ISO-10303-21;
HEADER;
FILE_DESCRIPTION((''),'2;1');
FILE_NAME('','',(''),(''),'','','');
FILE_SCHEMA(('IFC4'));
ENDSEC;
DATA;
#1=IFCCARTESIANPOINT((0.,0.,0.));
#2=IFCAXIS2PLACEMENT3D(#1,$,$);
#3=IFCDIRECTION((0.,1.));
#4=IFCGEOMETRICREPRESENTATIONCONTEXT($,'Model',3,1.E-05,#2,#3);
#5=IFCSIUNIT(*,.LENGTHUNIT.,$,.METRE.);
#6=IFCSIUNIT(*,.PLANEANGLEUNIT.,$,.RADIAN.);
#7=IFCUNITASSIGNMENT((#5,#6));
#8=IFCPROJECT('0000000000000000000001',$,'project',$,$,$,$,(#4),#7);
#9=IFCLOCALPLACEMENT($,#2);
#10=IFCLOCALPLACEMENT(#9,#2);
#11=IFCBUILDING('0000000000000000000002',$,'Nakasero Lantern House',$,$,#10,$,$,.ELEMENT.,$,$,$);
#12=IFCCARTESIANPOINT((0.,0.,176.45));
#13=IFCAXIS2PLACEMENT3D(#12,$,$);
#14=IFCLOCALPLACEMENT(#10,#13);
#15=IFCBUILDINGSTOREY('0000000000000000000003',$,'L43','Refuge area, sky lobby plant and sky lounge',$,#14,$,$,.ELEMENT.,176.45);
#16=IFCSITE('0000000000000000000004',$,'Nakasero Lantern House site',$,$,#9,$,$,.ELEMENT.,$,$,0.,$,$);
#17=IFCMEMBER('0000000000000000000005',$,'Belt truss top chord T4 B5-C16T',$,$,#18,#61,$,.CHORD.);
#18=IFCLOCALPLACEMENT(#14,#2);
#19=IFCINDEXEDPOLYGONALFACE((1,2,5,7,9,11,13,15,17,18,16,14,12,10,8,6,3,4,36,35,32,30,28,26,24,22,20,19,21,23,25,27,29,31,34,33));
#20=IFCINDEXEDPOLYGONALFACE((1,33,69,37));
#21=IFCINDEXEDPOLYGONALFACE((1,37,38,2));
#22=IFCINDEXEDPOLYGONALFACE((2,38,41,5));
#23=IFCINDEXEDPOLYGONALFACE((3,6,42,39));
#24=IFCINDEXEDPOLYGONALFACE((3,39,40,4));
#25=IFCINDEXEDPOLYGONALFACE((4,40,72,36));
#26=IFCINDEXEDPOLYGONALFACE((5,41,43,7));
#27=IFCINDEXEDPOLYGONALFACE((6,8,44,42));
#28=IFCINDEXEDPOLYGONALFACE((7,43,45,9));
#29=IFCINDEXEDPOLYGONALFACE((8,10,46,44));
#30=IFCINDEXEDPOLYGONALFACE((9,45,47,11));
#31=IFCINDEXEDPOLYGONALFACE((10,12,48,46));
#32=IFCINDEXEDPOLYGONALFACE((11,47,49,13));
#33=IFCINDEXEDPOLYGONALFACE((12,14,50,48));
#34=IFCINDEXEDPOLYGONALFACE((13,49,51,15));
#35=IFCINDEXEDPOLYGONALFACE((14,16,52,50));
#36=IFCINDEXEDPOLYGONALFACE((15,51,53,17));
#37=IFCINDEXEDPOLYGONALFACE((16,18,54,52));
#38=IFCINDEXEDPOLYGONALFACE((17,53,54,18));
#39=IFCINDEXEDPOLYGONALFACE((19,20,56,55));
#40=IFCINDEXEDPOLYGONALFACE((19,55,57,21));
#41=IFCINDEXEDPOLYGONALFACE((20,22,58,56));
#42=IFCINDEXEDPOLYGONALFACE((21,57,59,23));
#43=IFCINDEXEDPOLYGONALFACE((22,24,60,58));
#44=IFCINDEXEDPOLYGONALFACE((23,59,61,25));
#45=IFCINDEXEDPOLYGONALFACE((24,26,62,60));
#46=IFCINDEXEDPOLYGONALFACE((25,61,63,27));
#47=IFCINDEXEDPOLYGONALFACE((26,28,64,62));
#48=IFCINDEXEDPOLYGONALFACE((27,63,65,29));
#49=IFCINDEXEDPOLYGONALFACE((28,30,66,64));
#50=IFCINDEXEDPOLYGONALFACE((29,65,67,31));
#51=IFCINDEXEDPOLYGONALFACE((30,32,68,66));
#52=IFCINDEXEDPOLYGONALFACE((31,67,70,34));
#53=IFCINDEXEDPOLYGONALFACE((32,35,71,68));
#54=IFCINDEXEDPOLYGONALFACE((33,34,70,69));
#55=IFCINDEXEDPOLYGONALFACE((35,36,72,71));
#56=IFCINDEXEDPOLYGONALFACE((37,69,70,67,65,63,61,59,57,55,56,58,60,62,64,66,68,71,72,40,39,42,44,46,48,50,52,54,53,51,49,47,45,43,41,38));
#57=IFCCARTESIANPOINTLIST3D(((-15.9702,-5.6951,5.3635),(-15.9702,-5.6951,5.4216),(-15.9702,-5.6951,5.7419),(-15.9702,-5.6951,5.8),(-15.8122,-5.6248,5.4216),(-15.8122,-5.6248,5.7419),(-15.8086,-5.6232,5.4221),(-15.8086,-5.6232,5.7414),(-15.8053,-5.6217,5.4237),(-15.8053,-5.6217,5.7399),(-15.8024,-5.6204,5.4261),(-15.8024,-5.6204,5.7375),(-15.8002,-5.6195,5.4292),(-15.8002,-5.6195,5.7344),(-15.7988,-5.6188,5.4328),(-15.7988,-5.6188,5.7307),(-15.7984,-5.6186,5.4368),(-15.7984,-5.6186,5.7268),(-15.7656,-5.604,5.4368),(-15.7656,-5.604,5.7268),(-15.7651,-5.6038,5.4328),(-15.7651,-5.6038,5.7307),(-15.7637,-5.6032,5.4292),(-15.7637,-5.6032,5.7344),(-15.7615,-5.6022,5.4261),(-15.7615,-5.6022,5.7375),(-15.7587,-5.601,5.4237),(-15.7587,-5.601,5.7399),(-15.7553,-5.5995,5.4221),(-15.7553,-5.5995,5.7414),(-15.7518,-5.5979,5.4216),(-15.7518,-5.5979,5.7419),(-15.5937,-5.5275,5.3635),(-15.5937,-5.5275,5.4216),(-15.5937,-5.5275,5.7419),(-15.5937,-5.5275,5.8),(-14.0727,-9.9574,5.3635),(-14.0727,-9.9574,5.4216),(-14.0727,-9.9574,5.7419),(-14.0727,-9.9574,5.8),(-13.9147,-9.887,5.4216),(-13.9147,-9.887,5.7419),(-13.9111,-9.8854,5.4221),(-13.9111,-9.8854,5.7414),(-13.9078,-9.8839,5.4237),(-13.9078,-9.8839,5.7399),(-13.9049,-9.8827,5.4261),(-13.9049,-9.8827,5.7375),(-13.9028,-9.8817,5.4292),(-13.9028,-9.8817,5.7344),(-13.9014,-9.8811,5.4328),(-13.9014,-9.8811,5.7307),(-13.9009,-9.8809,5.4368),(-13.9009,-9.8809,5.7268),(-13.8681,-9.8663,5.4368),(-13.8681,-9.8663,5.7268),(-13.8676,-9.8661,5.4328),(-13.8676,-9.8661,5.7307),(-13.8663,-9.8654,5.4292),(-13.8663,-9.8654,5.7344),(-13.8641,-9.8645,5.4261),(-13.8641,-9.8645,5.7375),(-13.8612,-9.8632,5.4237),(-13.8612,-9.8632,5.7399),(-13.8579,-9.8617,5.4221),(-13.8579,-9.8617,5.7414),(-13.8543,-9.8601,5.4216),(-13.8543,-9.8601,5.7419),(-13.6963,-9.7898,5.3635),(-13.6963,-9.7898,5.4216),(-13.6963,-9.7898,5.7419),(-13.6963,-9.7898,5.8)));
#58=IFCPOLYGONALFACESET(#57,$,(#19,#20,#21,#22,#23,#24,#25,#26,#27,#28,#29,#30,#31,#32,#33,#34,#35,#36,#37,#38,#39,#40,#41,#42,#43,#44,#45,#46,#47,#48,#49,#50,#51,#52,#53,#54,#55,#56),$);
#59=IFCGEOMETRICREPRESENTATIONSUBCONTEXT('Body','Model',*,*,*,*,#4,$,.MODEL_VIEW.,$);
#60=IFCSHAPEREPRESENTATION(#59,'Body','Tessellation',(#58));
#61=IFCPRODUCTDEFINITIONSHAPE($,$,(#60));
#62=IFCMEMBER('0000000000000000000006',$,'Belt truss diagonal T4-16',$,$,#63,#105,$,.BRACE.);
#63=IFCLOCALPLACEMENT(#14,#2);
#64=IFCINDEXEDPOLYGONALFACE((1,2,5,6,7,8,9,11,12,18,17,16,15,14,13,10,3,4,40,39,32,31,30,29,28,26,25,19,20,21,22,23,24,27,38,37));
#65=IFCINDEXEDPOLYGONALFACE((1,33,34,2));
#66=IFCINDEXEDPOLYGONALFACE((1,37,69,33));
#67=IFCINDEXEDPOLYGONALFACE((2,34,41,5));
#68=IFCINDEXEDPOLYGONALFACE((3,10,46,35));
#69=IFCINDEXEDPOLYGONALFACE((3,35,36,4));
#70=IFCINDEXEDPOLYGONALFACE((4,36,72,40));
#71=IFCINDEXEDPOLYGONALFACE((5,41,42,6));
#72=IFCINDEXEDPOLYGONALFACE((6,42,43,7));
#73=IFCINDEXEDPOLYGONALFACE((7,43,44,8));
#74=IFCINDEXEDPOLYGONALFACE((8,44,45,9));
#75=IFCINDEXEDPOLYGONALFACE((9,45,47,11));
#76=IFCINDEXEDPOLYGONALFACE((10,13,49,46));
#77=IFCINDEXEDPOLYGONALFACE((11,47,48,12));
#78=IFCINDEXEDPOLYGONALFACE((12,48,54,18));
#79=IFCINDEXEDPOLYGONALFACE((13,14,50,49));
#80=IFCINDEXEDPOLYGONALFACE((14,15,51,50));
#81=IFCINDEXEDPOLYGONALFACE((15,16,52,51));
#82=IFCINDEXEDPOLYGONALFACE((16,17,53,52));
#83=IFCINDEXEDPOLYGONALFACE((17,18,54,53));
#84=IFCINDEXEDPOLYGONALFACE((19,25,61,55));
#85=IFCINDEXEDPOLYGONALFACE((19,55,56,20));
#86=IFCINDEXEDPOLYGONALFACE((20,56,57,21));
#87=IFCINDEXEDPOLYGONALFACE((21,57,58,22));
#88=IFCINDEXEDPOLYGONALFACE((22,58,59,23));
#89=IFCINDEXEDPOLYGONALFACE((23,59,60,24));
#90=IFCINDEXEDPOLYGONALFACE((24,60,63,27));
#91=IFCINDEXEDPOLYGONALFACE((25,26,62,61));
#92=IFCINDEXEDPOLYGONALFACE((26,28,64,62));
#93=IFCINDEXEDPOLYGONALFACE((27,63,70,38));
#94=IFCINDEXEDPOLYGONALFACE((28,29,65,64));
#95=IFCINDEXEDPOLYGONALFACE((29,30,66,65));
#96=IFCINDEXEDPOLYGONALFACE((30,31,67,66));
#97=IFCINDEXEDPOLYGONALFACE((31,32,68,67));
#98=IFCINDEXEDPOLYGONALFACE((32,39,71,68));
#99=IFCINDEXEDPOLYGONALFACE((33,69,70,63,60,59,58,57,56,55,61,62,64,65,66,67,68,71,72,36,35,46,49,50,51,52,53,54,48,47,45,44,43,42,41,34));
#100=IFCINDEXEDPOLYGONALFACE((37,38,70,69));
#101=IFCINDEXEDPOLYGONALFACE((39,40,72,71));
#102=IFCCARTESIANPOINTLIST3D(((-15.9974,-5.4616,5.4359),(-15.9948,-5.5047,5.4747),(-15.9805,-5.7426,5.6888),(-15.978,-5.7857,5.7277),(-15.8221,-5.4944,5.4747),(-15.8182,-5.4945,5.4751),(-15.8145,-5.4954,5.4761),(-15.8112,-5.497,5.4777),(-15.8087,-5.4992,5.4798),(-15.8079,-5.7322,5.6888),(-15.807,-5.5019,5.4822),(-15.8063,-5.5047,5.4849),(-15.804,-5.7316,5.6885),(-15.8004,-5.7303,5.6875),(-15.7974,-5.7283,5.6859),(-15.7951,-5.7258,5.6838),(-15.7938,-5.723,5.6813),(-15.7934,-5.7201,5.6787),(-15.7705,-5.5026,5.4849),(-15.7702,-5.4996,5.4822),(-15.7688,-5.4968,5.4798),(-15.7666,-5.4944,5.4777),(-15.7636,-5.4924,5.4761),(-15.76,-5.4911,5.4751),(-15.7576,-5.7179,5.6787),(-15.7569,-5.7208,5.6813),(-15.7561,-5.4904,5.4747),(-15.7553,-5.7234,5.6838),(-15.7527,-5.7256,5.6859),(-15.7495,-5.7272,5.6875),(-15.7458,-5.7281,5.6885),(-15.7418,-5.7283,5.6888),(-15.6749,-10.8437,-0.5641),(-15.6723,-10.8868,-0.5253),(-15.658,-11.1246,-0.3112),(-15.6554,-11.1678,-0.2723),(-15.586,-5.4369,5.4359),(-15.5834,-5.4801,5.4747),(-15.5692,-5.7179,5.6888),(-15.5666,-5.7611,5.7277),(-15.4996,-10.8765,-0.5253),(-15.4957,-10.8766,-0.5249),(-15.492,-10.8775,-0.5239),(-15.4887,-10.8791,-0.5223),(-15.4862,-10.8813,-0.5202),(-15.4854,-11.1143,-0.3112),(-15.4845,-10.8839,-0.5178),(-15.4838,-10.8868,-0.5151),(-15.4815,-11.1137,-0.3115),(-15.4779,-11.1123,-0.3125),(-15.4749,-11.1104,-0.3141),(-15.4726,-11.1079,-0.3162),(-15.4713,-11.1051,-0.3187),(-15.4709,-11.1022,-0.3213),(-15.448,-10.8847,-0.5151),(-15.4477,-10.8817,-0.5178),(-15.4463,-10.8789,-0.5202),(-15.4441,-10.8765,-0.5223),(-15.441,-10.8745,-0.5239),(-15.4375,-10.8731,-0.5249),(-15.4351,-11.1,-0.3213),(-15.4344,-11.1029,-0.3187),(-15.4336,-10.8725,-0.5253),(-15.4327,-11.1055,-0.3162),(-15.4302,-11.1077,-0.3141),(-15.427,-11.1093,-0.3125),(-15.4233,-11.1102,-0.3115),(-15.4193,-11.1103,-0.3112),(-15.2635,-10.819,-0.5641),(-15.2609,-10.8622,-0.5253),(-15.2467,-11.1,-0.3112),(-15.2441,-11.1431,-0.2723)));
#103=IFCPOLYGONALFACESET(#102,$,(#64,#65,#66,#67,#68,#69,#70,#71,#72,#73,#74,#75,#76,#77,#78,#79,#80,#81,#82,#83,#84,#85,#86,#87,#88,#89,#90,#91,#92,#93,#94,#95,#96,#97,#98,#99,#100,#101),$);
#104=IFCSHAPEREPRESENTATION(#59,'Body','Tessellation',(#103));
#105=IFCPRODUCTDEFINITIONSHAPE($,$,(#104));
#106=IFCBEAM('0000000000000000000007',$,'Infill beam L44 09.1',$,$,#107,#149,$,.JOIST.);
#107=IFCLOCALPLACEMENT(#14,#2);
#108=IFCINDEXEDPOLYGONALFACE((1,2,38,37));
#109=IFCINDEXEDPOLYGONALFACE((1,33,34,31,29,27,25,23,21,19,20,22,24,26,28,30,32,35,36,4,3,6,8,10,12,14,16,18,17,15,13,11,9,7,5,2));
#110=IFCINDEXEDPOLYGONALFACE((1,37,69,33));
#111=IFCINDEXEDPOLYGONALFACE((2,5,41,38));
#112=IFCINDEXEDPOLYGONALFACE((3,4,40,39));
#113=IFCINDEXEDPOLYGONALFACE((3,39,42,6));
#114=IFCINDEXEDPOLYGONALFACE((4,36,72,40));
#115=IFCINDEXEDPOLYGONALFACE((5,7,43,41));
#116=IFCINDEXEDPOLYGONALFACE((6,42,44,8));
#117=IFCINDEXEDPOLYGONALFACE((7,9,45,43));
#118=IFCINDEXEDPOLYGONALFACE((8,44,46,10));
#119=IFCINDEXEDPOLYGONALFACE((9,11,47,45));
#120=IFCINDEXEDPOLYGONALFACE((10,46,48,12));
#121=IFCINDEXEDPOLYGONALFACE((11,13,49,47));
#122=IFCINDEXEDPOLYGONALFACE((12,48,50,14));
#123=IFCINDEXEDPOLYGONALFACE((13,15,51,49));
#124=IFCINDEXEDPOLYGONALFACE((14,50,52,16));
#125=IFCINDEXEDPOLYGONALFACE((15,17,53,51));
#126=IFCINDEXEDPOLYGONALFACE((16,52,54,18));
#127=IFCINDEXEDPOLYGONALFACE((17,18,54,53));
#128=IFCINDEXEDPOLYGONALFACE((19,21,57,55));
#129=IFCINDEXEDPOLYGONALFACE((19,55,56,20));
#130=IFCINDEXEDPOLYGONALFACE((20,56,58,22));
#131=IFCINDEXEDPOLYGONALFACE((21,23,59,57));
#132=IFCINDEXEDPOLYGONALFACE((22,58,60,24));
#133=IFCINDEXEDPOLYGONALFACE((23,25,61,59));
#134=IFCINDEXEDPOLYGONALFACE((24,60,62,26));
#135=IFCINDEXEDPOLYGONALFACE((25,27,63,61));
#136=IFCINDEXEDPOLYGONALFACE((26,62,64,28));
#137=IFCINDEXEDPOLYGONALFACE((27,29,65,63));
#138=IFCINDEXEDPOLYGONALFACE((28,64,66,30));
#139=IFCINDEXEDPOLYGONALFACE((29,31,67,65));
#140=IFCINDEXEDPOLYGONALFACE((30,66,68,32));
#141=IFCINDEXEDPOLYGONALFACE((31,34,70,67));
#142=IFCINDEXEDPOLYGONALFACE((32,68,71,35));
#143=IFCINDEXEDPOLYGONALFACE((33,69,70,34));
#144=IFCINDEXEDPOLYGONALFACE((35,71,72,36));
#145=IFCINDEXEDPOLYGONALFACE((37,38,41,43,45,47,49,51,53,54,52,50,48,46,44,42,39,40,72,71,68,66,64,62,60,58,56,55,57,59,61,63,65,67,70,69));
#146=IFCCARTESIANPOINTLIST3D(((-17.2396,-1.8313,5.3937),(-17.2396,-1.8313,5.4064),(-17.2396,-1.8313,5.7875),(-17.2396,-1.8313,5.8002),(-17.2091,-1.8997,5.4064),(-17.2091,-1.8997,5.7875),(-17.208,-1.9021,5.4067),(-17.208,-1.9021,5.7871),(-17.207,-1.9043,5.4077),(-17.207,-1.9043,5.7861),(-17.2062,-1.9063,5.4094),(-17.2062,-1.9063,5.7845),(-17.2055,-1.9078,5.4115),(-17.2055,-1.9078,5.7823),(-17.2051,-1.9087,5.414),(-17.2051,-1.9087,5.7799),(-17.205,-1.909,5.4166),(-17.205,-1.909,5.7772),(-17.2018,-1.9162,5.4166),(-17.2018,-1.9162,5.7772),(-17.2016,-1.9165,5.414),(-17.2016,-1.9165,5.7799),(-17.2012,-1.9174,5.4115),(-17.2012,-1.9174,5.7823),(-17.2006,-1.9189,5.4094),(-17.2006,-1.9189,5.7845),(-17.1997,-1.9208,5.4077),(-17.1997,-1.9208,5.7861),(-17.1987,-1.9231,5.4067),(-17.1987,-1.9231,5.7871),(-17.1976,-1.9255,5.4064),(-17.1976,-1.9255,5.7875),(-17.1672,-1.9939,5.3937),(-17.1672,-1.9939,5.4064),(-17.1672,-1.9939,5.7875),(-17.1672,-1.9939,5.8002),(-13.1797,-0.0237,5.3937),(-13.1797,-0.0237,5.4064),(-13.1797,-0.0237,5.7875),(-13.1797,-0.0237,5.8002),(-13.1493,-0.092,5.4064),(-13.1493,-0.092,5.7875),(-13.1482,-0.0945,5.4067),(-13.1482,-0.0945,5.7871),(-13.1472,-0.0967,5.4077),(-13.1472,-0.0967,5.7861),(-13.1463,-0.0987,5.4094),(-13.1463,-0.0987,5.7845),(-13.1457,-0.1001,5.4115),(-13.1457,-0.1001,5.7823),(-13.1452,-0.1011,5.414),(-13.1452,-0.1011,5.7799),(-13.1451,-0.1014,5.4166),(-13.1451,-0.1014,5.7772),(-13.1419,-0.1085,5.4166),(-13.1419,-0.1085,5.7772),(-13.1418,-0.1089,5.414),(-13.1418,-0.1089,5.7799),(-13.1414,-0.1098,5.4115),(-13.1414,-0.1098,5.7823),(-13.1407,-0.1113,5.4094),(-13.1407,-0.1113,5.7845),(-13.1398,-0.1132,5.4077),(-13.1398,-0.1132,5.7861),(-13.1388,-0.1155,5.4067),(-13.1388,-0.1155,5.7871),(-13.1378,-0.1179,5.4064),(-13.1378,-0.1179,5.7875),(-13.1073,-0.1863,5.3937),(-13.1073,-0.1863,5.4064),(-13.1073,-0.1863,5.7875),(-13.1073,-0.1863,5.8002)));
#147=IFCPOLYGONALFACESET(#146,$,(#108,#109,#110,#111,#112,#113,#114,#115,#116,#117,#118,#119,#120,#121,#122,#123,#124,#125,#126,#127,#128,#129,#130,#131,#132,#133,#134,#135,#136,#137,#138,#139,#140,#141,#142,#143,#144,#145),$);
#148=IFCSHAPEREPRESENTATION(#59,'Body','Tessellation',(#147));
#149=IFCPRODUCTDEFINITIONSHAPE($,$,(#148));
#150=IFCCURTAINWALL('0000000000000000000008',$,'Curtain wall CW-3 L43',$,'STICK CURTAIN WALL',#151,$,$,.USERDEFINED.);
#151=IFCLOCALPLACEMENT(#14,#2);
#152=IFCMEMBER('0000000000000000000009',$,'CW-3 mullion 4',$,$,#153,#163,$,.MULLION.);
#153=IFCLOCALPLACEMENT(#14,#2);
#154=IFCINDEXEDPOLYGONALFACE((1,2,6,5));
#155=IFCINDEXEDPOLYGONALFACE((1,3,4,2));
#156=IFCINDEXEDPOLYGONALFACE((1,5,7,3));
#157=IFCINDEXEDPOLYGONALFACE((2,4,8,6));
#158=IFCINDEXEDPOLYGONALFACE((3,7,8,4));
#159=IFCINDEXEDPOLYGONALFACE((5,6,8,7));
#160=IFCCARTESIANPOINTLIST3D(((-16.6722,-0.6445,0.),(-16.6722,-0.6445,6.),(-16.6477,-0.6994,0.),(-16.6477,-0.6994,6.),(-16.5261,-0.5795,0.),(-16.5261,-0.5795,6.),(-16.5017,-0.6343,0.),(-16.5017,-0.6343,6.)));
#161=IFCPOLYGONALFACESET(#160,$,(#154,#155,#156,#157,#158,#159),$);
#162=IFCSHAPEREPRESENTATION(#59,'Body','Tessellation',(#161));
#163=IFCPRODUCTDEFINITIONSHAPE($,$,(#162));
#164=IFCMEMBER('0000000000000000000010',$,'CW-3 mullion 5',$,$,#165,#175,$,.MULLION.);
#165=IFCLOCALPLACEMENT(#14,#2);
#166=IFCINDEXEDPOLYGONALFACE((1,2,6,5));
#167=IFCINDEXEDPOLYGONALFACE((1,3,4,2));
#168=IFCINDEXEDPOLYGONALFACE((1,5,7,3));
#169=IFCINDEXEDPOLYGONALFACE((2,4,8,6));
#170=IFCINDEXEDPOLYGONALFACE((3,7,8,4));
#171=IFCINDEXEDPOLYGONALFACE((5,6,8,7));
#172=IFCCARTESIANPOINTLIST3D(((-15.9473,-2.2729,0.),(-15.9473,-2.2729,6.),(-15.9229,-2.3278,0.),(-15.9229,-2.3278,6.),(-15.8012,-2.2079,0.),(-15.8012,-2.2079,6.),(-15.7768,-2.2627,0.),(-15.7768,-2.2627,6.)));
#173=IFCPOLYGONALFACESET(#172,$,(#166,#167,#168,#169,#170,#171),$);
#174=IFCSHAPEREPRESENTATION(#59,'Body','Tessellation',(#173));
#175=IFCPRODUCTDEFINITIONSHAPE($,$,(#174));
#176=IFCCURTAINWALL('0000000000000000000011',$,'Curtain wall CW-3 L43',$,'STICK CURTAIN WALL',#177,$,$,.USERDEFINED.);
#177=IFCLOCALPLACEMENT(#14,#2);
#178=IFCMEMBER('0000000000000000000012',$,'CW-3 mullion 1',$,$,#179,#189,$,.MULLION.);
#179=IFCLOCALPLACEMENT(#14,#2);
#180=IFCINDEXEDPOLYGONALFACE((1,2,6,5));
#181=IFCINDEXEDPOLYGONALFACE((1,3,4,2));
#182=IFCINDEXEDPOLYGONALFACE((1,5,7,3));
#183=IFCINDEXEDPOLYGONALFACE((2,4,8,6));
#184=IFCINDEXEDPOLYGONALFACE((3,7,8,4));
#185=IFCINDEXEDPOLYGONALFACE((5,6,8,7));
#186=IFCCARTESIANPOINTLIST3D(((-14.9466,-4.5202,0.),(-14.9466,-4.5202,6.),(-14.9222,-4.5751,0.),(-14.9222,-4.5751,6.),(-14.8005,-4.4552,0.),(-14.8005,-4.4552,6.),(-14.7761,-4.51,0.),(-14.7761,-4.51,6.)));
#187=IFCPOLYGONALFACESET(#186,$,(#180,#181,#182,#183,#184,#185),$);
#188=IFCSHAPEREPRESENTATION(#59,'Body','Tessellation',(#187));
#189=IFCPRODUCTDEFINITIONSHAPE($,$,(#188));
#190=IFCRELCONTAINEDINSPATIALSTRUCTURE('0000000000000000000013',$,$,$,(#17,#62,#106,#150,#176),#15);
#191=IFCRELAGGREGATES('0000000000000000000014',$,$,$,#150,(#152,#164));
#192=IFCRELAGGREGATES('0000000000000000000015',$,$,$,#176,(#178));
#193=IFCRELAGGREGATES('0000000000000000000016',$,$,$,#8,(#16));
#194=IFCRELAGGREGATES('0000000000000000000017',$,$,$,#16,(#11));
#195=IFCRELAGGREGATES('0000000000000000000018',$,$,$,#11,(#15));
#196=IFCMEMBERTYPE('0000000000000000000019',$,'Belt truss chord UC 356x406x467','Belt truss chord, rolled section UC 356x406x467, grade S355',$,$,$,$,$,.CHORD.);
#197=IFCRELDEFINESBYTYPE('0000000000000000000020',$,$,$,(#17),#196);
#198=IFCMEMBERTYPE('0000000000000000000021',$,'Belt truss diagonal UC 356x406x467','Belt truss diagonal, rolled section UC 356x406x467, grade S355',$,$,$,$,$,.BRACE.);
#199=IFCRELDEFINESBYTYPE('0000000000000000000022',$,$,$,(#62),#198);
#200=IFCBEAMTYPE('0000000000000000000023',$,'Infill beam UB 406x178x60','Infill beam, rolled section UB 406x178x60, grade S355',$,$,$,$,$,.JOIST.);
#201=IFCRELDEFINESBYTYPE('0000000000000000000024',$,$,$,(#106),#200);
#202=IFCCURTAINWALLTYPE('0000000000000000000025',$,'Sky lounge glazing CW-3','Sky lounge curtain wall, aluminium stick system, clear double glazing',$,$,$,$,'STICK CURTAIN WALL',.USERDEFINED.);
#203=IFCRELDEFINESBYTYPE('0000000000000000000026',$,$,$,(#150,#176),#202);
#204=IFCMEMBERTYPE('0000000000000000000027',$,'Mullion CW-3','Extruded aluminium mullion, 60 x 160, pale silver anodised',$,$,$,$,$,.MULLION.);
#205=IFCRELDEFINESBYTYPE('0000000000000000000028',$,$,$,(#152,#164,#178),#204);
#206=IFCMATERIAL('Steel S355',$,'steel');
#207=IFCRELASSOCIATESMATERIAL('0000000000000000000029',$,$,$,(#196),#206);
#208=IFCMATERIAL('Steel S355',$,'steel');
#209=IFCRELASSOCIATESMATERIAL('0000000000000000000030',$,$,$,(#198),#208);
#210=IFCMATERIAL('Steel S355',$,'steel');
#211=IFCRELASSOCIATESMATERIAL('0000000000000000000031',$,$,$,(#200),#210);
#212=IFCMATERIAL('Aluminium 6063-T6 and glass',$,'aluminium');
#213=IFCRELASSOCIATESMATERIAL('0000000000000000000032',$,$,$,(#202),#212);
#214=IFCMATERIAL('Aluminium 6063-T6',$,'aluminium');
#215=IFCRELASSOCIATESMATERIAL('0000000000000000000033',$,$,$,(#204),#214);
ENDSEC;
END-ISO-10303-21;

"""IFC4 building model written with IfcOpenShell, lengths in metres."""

from ifc_helpers import new_model, si_unit, direction, frame, origin, origin_2d, place, context, subcontext, project, spatial, rectangle, i_section, extrude, material, material_profile, profile_set, type_object, element, aggregate, save


model = new_model("IFC4")

# Units and contexts
model_context = context("Model", 3, precision=1e-05, world=origin(), true_north=direction((0.0, 1.0)))
body_context = subcontext(model_context, "Body", "Model", "MODEL_VIEW")
ifc_project = project(units=[si_unit("LENGTHUNIT", "METRE"), si_unit("PLANEANGLEUNIT", "RADIAN")], contexts=[model_context])

# Site, building, storey
site_placement = place(None, origin())
site = spatial("IfcSite", under=ifc_project, at=site_placement, Name="Nakasero Lantern House site", CompositionType="ELEMENT", RefElevation=0.0)
building_placement = place(site_placement, origin())
building = spatial("IfcBuilding", under=site, at=building_placement, Name="Nakasero Lantern House", CompositionType="ELEMENT")
storey_placement = place(building_placement, frame((0.0, 0.0, 176.45)))
storey = spatial("IfcBuildingStorey", under=building, at=storey_placement, Name="L43", Description="Refuge area, sky lobby plant and sky lounge", CompositionType="ELEMENT", Elevation=176.45)

# Members
ifc_material_1 = material(Name="Steel S355", Category="steel")
ifc_material_profile_1 = material_profile(ifc_material_1, i_section(OverallWidth=0.4121, OverallDepth=0.4365, WebThickness=0.0359, FlangeThickness=0.0581, FilletRadius=0.0151, at=origin_2d()), Name="UC 356x406x467")
ifc_profile_set_1 = profile_set([ifc_material_profile_1], Name="Steel S355")
member_type_1 = type_object("IfcMemberType", Name="Belt truss chord UC 356x406x467", Description="Belt truss chord, rolled section UC 356x406x467, grade S355", PredefinedType="CHORD", material=ifc_profile_set_1)
member_1_placement = place(storey_placement, frame((-15.782, -5.6113, 5.5818), z_axis=(0.406702, -0.913561, 0.0), x_axis=(0.913561, 0.406702, 0.0)))
element("IfcMember", 1, at=member_1_placement, inside=storey, type_object=member_type_1, Name="Belt truss top chord T4 B5-C16T", PredefinedType="CHORD", context=body_context, shape_type="SweptSolid", body=[
    extrude(i_section(OverallWidth=0.4121, OverallDepth=0.4365, WebThickness=0.0359, FlangeThickness=0.0581, FilletRadius=0.0151, at=origin_2d()), origin(), (0.0, 0.0, 1.0), 4.6655),
])
ifc_material_2 = material(Name="Steel S355", Category="steel")
ifc_material_profile_2 = material_profile(ifc_material_2, i_section(OverallWidth=0.4121, OverallDepth=0.4365, WebThickness=0.0359, FlangeThickness=0.0581, FilletRadius=0.0151, at=origin_2d()), Name="UC 356x406x467")
ifc_profile_set_2 = profile_set([ifc_material_profile_2], Name="Steel S355")
member_type_2 = type_object("IfcMemberType", Name="Belt truss diagonal UC 356x406x467", Description="Belt truss diagonal, rolled section UC 356x406x467, grade S355", PredefinedType="BRACE", material=ifc_profile_set_2)
member_2_placement = place(storey_placement, frame((-15.782, -5.6113, 5.5818), z_axis=(0.039981, -0.667202, -0.743803), x_axis=(0.998209, 0.059816, 0.0)))
element("IfcMember", 2, at=member_2_placement, inside=storey, type_object=member_type_2, Name="Belt truss diagonal T4-16", PredefinedType="BRACE", context=body_context, shape_type="SweptSolid", body=[
    extrude(i_section(OverallWidth=0.4121, OverallDepth=0.4365, WebThickness=0.0359, FlangeThickness=0.0581, FilletRadius=0.0151, at=origin_2d()), origin(), (0.0, 0.0, 1.0), 8.0667),
])

# Beam
ifc_material_3 = material(Name="Steel S355", Category="steel")
ifc_material_profile_3 = material_profile(ifc_material_3, i_section(OverallWidth=0.178, OverallDepth=0.4065, WebThickness=0.0078, FlangeThickness=0.0127, FilletRadius=0.0103, at=origin_2d()), Name="UB 406x178x60")
ifc_profile_set_3 = profile_set([ifc_material_profile_3], Name="Steel S355")
beam_type_1 = type_object("IfcBeamType", Name="Infill beam UB 406x178x60", Description="Infill beam, rolled section UB 406x178x60, grade S355", PredefinedType="JOIST", material=ifc_profile_set_3)
beam_1_placement = place(storey_placement, frame((-17.2034, -1.9126, 5.5969), z_axis=(0.913539, 0.40675, 0.0), x_axis=(-0.40675, 0.913539, 0.0)))
element("IfcBeam", 3, at=beam_1_placement, inside=storey, type_object=beam_type_1, Name="Infill beam L44 09.1", PredefinedType="JOIST", context=body_context, shape_type="SweptSolid", body=[
    extrude(i_section(OverallWidth=0.178, OverallDepth=0.4065, WebThickness=0.0078, FlangeThickness=0.0127, FilletRadius=0.0103, at=origin_2d()), origin(), (0.0, 0.0, 1.0), 4.4441),
])

# Curtain walls, members
ifc_material_4 = material(Name="Aluminium 6063-T6 and glass", Category="aluminium")
curtain_wall_type = type_object("IfcCurtainWallType", Name="Sky lounge glazing CW-3", Description="Sky lounge curtain wall, aluminium stick system, clear double glazing", ElementType="STICK CURTAIN WALL", PredefinedType="USERDEFINED", material=ifc_material_4)
curtain_wall_1_placement = place(storey_placement, origin())
curtain_wall_1 = element("IfcCurtainWall", 4, at=curtain_wall_1_placement, inside=storey, type_object=curtain_wall_type, Name="Curtain wall CW-3 L43", ObjectType="STICK CURTAIN WALL", PredefinedType="USERDEFINED")
ifc_material_5 = material(Name="Aluminium 6063-T6", Category="aluminium")
ifc_material_profile_4 = material_profile(ifc_material_5, rectangle(XDim=0.0601, YDim=0.1599, at=origin_2d()), Name="CW-3 mullion 60x160")
ifc_profile_set_4 = profile_set([ifc_material_profile_4], Name="Aluminium 6063-T6")
member_type_3 = type_object("IfcMemberType", Name="Mullion CW-3", Description="Extruded aluminium mullion, 60 x 160, pale silver anodised", PredefinedType="MULLION", material=ifc_profile_set_4)
member_3_placement = place(storey_placement, frame((-16.5869, -0.6394, 0.0), z_axis=(0.0, 0.0, 1.0), x_axis=(0.406737, -0.913545, 0.0)))
member_3 = element("IfcMember", 5, at=member_3_placement, type_object=member_type_3, Name="CW-3 mullion 4", PredefinedType="MULLION", context=body_context, shape_type="SweptSolid", body=[
    extrude(rectangle(XDim=0.0601, YDim=0.1599, at=origin_2d()), origin(), (0.0, 0.0, 1.0), 6.0),
])
member_4_placement = place(storey_placement, frame((-15.8621, -2.2678, 0.0), z_axis=(0.0, 0.0, 1.0), x_axis=(0.406737, -0.913545, 0.0)))
member_4 = element("IfcMember", 6, at=member_4_placement, type_object=member_type_3, Name="CW-3 mullion 5", PredefinedType="MULLION", context=body_context, shape_type="SweptSolid", body=[
    extrude(rectangle(XDim=0.0601, YDim=0.1599, at=origin_2d()), origin(), (0.0, 0.0, 1.0), 6.0),
])
curtain_wall_2_placement = place(storey_placement, origin())
curtain_wall_2 = element("IfcCurtainWall", 7, at=curtain_wall_2_placement, inside=storey, type_object=curtain_wall_type, Name="Curtain wall CW-3 L43", ObjectType="STICK CURTAIN WALL", PredefinedType="USERDEFINED")
member_5_placement = place(storey_placement, frame((-14.8613, -4.5151, 0.0), z_axis=(0.0, 0.0, 1.0), x_axis=(0.406737, -0.913545, 0.0)))
member_5 = element("IfcMember", 8, at=member_5_placement, type_object=member_type_3, Name="CW-3 mullion 1", PredefinedType="MULLION", context=body_context, shape_type="SweptSolid", body=[
    extrude(rectangle(XDim=0.0601, YDim=0.1599, at=origin_2d()), origin(), (0.0, 0.0, 1.0), 6.0),
])

aggregate(curtain_wall_1, [member_3, member_4])
aggregate(curtain_wall_2, [member_5])

save(model, "model.ifc")
